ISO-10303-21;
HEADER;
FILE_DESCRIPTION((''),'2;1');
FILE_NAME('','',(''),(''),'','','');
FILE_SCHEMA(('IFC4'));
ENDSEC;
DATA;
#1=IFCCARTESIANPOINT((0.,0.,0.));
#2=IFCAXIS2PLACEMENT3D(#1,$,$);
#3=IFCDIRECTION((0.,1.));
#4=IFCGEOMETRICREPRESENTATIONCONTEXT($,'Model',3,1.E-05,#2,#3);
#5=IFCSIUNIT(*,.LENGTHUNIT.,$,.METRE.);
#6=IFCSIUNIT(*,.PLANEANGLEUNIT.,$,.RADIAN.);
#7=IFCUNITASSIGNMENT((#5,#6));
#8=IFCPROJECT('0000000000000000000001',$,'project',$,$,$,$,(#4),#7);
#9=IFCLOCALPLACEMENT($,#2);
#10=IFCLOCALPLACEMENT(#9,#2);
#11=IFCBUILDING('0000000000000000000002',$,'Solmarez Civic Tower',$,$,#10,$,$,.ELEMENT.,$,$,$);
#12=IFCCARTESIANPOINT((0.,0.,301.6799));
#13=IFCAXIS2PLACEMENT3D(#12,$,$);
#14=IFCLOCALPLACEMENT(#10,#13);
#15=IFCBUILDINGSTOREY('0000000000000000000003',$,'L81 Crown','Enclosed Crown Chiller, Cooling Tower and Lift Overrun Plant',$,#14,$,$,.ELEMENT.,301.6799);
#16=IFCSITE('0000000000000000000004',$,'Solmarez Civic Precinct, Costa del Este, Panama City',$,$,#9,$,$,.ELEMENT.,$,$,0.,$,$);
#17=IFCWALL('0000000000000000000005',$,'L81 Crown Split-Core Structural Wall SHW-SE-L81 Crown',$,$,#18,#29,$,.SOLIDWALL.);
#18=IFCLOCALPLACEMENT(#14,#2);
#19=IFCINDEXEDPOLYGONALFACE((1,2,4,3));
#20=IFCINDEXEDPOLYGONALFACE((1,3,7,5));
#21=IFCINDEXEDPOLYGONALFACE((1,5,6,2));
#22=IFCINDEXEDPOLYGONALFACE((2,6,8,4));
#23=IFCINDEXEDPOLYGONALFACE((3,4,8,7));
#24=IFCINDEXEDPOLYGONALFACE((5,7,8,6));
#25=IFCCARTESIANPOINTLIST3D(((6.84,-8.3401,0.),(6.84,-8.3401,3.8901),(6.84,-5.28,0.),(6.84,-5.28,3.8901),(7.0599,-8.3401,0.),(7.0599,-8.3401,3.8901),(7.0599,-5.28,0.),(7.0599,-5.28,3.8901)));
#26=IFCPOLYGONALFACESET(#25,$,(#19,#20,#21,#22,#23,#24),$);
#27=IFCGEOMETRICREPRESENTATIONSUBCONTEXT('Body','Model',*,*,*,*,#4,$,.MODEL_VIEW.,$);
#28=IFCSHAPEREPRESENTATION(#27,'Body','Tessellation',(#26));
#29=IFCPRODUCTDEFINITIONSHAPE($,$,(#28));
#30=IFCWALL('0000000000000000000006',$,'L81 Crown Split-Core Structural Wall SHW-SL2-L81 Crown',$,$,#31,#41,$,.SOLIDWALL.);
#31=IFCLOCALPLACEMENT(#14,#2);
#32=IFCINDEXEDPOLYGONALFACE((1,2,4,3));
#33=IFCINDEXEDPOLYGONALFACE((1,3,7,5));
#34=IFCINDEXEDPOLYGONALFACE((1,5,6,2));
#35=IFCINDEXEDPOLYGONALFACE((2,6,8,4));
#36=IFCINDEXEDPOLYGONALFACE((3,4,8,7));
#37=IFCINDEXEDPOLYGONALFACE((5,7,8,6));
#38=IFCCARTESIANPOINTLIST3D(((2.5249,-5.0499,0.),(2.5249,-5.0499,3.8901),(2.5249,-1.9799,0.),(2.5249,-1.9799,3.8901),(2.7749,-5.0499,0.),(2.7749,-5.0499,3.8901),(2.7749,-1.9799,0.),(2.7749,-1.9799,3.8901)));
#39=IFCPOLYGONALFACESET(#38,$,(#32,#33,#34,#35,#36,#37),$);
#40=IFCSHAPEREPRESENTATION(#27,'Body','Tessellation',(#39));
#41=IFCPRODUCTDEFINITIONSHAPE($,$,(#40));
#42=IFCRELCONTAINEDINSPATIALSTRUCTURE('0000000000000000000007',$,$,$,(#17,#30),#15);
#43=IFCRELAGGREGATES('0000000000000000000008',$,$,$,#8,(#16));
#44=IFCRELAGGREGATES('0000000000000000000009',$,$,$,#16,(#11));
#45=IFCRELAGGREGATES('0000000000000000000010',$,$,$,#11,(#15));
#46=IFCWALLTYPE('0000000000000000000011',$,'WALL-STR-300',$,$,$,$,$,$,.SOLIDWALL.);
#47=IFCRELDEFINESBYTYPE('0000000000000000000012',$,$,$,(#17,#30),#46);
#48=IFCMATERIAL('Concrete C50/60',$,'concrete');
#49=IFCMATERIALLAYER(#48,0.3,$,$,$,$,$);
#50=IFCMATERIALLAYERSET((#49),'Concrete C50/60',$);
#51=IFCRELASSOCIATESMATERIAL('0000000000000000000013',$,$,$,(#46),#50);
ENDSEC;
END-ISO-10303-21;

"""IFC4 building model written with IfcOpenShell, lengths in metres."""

from ifc_helpers import new_model, si_unit, direction, frame, frame_2d, origin, place, context, subcontext, project, spatial, rectangle, extrude, material, layer, layer_set, type_object, element, save


model = new_model("IFC4")

# Units and contexts
model_context = context("Model", 3, precision=1e-05, world=origin(), true_north=direction((0.0, 1.0)))
body_context = subcontext(model_context, "Body", "Model", "MODEL_VIEW")
ifc_project = project(units=[si_unit("LENGTHUNIT", "METRE"), si_unit("PLANEANGLEUNIT", "RADIAN")], contexts=[model_context])

# Site, building, storey
site_placement = place(None, origin())
site = spatial("IfcSite", under=ifc_project, at=site_placement, Name="Solmarez Civic Precinct, Costa del Este, Panama City", CompositionType="ELEMENT", RefElevation=0.0)
building_placement = place(site_placement, origin())
building = spatial("IfcBuilding", under=site, at=building_placement, Name="Solmarez Civic Tower", CompositionType="ELEMENT")
storey_placement = place(building_placement, frame((0.0, 0.0, 301.6799)))
storey = spatial("IfcBuildingStorey", under=building, at=storey_placement, Name="L81 Crown", Description="Enclosed Crown Chiller, Cooling Tower and Lift Overrun Plant", CompositionType="ELEMENT", Elevation=301.6799)

# Shared definitions
ifc_material_1 = material(Name="Concrete C50/60", Category="concrete")

# Walls
ifc_layer_1 = layer(ifc_material_1, 0.3)
ifc_layer_set_1 = layer_set([ifc_layer_1], Name="Concrete C50/60")
wall_type_1 = type_object("IfcWallType", Name="WALL-STR-300", PredefinedType="SOLIDWALL", material=ifc_layer_set_1)
wall_1_placement = place(storey_placement, frame((6.95, -8.3401, 0.0), z_axis=(0.0, 0.0, 1.0), x_axis=(0.0, 1.0, 0.0)))
element("IfcWall", 1, at=wall_1_placement, inside=storey, type_object=wall_type_1, Name="L81 Crown Split-Core Structural Wall SHW-SE-L81 Crown", PredefinedType="SOLIDWALL", context=body_context, shape_type="SweptSolid", body=[
    extrude(rectangle(XDim=3.0601, YDim=0.22, at=frame_2d((1.53, 0.0))), origin(), (0.0, 0.0, 1.0), 3.8901),
])
wall_2_placement = place(storey_placement, frame((2.6499, -5.05, 0.0), z_axis=(0.0, 0.0, 1.0), x_axis=(0.0, 1.0, 0.0)))
element("IfcWall", 2, at=wall_2_placement, inside=storey, type_object=wall_type_1, Name="L81 Crown Split-Core Structural Wall SHW-SL2-L81 Crown", PredefinedType="SOLIDWALL", context=body_context, shape_type="SweptSolid", body=[
    extrude(rectangle(XDim=3.0701, YDim=0.25, at=frame_2d((1.5352, 0.0))), origin(), (0.0, 0.0, 1.0), 3.8901),
])

save(model, "model.ifc")
